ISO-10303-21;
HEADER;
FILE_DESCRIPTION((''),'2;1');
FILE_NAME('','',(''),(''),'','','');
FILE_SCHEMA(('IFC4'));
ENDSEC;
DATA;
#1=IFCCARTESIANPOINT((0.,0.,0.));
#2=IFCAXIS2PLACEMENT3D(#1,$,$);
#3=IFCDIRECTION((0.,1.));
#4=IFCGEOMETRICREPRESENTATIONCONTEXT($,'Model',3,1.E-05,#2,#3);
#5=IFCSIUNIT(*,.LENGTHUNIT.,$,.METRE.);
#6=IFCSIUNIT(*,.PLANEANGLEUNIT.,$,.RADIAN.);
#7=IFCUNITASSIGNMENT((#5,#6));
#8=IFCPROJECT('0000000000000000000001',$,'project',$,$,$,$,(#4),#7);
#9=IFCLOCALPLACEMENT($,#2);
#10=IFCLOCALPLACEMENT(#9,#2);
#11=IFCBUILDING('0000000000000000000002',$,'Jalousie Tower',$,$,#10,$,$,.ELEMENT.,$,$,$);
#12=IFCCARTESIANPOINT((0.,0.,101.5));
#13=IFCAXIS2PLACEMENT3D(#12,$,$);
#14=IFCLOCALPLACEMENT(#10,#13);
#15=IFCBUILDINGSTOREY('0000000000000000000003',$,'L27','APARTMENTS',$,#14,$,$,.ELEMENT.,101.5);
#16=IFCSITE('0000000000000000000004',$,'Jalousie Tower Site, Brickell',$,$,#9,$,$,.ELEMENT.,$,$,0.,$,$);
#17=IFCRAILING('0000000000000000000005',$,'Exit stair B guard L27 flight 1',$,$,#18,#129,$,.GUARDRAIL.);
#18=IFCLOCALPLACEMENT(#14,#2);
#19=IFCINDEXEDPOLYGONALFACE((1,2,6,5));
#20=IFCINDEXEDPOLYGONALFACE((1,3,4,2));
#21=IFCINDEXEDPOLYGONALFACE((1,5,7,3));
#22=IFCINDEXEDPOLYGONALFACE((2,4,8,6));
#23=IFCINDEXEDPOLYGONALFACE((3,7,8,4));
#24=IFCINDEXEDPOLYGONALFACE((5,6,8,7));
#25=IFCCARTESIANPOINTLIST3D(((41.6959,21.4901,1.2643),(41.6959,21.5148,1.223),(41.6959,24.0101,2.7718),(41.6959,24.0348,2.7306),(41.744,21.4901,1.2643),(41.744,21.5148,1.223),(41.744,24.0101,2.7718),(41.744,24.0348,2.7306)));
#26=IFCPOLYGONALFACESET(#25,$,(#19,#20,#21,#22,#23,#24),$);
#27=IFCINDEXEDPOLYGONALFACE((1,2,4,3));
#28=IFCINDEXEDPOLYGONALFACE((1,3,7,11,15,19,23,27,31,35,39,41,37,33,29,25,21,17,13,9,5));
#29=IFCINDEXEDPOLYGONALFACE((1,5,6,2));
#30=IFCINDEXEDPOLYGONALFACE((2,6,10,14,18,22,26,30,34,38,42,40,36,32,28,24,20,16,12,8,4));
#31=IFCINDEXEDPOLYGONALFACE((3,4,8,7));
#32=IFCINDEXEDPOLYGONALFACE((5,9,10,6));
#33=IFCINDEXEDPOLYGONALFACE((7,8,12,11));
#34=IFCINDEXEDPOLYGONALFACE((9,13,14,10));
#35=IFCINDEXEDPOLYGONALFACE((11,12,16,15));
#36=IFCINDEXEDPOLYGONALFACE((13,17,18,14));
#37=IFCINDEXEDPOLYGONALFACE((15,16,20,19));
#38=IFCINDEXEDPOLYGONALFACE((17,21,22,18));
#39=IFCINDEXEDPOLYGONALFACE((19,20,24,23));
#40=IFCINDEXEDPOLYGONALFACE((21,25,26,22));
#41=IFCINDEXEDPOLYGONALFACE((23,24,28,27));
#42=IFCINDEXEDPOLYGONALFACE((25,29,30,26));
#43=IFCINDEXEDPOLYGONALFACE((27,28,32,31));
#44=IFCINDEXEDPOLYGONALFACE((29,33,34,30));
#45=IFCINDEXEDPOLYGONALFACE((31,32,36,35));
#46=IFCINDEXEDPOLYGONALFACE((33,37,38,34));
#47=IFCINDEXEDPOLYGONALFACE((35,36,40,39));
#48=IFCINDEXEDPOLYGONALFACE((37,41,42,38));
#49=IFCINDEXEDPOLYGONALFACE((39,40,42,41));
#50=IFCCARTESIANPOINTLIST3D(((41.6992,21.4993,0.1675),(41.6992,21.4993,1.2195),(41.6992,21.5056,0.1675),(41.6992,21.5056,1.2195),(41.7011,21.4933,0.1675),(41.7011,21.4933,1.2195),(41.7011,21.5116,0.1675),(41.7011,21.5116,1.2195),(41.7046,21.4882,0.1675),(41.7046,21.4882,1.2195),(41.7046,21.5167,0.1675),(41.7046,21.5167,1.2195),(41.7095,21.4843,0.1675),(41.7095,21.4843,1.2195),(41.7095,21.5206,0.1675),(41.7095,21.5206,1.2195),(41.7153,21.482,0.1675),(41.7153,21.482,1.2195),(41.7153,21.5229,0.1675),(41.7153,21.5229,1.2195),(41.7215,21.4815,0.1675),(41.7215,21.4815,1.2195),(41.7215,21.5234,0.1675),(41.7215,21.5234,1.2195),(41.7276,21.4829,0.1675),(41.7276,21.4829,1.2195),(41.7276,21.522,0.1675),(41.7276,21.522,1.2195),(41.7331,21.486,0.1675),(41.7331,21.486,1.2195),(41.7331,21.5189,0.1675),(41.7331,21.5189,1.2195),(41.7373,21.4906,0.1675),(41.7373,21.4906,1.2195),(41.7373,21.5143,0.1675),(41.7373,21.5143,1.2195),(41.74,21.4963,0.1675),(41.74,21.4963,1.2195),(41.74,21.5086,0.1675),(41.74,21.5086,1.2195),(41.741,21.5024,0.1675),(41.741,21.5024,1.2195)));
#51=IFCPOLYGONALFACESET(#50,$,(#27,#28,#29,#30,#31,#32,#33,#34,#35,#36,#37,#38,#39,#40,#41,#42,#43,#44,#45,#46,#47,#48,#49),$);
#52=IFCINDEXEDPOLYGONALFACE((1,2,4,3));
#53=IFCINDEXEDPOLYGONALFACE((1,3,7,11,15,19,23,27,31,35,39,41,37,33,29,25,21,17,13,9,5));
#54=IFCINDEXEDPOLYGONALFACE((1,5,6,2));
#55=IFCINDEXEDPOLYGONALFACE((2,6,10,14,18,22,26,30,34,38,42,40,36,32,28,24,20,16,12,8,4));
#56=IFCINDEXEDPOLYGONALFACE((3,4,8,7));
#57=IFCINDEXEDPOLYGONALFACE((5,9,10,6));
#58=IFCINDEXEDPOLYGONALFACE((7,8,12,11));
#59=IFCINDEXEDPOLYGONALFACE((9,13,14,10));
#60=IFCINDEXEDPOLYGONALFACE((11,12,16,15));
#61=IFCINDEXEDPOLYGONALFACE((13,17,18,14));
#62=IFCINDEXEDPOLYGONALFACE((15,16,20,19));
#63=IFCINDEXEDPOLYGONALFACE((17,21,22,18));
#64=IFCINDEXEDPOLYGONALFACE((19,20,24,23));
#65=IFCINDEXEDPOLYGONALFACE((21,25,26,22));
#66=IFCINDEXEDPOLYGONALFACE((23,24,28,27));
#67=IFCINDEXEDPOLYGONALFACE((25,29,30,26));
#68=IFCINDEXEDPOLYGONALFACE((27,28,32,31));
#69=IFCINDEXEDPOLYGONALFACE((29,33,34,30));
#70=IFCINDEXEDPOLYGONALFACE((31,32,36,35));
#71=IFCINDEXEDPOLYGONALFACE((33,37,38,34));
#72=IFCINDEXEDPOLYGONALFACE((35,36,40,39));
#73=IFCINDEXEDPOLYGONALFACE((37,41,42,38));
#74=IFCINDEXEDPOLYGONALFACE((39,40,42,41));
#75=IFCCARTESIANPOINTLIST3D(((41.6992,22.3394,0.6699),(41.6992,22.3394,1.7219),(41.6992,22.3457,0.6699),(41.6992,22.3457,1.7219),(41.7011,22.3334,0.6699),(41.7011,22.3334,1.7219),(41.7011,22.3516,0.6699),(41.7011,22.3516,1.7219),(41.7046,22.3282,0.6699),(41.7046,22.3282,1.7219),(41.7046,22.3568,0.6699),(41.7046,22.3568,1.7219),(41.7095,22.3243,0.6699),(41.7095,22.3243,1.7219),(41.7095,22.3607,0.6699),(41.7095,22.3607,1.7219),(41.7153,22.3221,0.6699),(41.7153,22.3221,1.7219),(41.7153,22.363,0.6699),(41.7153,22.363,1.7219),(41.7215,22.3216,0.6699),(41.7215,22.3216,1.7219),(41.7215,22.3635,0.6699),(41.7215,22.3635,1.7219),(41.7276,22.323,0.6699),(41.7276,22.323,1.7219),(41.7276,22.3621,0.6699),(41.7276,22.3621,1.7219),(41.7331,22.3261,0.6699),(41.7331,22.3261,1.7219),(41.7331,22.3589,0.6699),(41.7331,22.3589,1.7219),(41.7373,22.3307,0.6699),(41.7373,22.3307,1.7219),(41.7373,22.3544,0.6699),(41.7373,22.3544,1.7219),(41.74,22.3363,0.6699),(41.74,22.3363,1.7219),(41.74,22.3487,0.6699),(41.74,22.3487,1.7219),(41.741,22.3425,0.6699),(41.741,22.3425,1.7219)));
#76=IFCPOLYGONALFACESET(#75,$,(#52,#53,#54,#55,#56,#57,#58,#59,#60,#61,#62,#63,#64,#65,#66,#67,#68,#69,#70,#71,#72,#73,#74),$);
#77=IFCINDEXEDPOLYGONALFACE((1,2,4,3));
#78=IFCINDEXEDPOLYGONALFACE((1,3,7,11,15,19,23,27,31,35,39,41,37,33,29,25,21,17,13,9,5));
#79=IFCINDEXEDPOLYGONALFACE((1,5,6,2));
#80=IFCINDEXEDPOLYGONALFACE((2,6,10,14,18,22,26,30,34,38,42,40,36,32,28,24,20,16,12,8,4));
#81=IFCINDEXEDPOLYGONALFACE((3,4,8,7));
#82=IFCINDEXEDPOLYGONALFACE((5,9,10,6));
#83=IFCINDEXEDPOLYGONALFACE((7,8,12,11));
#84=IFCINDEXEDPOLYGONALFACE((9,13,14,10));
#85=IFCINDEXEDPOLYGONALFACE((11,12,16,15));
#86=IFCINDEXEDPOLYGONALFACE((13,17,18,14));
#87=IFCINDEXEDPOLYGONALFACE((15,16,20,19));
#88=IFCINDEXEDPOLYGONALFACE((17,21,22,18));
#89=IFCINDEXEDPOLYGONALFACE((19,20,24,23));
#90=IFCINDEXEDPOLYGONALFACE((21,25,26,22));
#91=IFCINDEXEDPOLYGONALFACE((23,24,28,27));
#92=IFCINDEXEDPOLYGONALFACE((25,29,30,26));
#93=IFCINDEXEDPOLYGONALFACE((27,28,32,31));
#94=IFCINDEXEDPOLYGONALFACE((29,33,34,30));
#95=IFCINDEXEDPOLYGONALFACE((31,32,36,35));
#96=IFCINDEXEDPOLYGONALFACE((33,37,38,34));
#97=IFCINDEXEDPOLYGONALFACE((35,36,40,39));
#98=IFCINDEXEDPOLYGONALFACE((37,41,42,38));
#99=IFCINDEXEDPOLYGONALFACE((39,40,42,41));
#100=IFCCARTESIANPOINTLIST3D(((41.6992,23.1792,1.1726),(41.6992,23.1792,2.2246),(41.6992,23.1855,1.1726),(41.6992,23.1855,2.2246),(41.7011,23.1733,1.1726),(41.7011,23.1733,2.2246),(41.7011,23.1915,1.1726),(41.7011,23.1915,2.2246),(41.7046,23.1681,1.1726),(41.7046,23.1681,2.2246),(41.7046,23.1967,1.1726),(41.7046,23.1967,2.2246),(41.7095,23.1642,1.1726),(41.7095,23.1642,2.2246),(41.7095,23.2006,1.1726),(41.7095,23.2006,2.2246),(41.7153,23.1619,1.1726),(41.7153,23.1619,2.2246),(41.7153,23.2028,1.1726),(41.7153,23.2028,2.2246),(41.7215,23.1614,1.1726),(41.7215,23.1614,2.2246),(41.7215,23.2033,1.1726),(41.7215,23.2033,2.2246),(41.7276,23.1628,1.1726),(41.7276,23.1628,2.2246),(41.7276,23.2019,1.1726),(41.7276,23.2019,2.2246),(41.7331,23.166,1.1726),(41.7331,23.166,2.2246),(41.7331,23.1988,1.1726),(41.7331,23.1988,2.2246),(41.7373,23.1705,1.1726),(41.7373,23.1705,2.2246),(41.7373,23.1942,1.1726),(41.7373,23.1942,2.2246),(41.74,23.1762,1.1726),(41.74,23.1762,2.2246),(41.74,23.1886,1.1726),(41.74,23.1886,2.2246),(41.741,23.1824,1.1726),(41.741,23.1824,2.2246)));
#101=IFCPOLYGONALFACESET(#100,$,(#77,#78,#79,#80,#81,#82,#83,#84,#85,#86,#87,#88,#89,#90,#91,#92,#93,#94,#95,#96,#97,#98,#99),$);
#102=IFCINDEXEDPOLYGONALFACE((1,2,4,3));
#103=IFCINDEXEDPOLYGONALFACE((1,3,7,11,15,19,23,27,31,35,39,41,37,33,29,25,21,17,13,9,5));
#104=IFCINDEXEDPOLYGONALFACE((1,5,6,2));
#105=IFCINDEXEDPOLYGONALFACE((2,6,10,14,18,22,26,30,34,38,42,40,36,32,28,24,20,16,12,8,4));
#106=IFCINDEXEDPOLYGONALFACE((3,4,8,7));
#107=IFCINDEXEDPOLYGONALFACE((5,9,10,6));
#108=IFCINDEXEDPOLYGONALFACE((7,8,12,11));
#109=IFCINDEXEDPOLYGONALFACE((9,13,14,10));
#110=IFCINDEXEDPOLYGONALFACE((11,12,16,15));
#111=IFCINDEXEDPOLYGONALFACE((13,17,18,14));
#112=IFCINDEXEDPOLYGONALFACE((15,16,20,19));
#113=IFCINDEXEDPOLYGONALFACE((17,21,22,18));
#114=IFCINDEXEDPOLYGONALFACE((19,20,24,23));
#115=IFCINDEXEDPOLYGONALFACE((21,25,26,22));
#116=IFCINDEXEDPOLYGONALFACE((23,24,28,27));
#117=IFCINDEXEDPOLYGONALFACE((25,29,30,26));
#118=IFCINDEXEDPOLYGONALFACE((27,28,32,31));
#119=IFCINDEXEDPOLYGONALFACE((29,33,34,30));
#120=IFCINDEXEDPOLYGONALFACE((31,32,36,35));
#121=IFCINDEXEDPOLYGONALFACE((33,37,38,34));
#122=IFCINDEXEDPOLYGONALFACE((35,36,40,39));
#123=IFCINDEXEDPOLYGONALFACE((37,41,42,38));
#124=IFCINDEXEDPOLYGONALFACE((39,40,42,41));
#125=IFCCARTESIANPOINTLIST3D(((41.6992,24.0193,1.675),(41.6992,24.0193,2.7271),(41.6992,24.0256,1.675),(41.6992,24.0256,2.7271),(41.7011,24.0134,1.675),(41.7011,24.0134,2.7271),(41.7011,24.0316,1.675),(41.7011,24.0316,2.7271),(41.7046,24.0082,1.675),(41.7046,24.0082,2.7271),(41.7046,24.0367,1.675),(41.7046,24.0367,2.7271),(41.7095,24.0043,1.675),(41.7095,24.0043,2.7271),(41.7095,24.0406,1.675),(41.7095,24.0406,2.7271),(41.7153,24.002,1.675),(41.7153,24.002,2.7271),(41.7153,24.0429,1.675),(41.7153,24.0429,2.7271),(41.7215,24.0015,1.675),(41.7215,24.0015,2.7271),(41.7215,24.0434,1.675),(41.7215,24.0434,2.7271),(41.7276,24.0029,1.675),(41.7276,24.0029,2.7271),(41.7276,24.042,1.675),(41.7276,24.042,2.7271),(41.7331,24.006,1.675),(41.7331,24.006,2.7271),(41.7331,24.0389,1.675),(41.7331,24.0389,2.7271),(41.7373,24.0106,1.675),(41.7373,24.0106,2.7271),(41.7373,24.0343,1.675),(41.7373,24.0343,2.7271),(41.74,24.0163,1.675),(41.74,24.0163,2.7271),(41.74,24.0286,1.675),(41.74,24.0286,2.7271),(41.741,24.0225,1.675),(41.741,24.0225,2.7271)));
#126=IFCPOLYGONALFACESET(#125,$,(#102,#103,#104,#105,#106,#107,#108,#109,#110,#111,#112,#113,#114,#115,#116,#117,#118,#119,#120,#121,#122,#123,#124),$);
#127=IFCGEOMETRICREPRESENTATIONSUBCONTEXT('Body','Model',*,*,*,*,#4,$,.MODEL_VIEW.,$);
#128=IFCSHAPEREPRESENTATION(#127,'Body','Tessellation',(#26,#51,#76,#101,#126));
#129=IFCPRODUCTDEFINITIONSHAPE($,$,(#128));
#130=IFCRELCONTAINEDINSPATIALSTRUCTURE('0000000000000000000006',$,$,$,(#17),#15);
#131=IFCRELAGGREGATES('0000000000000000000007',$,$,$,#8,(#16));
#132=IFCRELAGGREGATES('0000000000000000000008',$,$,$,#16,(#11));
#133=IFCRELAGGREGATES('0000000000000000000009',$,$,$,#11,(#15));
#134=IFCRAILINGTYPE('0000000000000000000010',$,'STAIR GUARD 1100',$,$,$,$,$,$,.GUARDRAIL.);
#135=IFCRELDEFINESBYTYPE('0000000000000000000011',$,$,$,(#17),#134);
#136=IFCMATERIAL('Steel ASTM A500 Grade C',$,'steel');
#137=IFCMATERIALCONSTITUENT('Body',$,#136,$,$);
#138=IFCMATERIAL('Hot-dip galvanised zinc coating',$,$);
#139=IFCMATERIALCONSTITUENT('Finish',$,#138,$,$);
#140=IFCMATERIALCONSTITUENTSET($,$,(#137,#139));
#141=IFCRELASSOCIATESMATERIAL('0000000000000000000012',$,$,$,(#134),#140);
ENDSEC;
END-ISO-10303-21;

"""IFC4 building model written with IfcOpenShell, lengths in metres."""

from ifc_helpers import new_model, si_unit, direction, frame, origin, origin_2d, place, context, subcontext, project, spatial, rectangle, circle, extrude, material, constituent, constituent_set, type_object, element, save


model = new_model("IFC4")

# Units and contexts
model_context = context("Model", 3, precision=1e-05, world=origin(), true_north=direction((0.0, 1.0)))
body_context = subcontext(model_context, "Body", "Model", "MODEL_VIEW")
ifc_project = project(units=[si_unit("LENGTHUNIT", "METRE"), si_unit("PLANEANGLEUNIT", "RADIAN")], contexts=[model_context])

# Site, building, storey
site_placement = place(None, origin())
site = spatial("IfcSite", under=ifc_project, at=site_placement, Name="Jalousie Tower Site, Brickell", CompositionType="ELEMENT", RefElevation=0.0)
building_placement = place(site_placement, origin())
building = spatial("IfcBuilding", under=site, at=building_placement, Name="Jalousie Tower", CompositionType="ELEMENT")
storey_placement = place(building_placement, frame((0.0, 0.0, 101.5)))
storey = spatial("IfcBuildingStorey", under=building, at=storey_placement, Name="L27", Description="APARTMENTS", CompositionType="ELEMENT", Elevation=101.5)

# Railing
ifc_material_1 = material(Name="Steel ASTM A500 Grade C", Category="steel")
ifc_constituent_1 = constituent(ifc_material_1, Name="Body")
ifc_material_2 = material(Name="Hot-dip galvanised zinc coating")
ifc_constituent_2 = constituent(ifc_material_2, Name="Finish")
ifc_constituent_set_1 = constituent_set(constituents=[ifc_constituent_1, ifc_constituent_2])
railing_type_1 = type_object("IfcRailingType", Name="STAIR GUARD 1100", PredefinedType="GUARDRAIL", material=ifc_constituent_set_1)
railing_1_placement = place(storey_placement, frame((41.72, 21.5024, 0.1675)))
element("IfcRailing", 1, at=railing_1_placement, inside=storey, type_object=railing_type_1, Name="Exit stair B guard L27 flight 1", PredefinedType="GUARDRAIL", context=body_context, shape_type="SweptSolid", body=[
    extrude(rectangle(XDim=0.0481, YDim=0.0481, at=origin_2d()), frame((0.0, 0.0, 1.0762), z_axis=(0.0, 0.85816, 0.513383), x_axis=(-1.0, 0.0, 0.0)), (0.0, 0.0, 1.0), 2.9365),
    extrude(circle(Radius=0.021, at=origin_2d()), origin(), (0.0, 0.0, 1.0), 1.052),
    extrude(circle(Radius=0.021, at=origin_2d()), frame((0.0, 0.8401, 0.5024)), (0.0, 0.0, 1.0), 1.052),
    extrude(circle(Radius=0.021, at=origin_2d()), frame((0.0, 1.6799, 1.0051)), (0.0, 0.0, 1.0), 1.052),
    extrude(circle(Radius=0.021, at=origin_2d()), frame((0.0, 2.52, 1.5076)), (0.0, 0.0, 1.0), 1.052),
])

save(model, "model.ifc")
